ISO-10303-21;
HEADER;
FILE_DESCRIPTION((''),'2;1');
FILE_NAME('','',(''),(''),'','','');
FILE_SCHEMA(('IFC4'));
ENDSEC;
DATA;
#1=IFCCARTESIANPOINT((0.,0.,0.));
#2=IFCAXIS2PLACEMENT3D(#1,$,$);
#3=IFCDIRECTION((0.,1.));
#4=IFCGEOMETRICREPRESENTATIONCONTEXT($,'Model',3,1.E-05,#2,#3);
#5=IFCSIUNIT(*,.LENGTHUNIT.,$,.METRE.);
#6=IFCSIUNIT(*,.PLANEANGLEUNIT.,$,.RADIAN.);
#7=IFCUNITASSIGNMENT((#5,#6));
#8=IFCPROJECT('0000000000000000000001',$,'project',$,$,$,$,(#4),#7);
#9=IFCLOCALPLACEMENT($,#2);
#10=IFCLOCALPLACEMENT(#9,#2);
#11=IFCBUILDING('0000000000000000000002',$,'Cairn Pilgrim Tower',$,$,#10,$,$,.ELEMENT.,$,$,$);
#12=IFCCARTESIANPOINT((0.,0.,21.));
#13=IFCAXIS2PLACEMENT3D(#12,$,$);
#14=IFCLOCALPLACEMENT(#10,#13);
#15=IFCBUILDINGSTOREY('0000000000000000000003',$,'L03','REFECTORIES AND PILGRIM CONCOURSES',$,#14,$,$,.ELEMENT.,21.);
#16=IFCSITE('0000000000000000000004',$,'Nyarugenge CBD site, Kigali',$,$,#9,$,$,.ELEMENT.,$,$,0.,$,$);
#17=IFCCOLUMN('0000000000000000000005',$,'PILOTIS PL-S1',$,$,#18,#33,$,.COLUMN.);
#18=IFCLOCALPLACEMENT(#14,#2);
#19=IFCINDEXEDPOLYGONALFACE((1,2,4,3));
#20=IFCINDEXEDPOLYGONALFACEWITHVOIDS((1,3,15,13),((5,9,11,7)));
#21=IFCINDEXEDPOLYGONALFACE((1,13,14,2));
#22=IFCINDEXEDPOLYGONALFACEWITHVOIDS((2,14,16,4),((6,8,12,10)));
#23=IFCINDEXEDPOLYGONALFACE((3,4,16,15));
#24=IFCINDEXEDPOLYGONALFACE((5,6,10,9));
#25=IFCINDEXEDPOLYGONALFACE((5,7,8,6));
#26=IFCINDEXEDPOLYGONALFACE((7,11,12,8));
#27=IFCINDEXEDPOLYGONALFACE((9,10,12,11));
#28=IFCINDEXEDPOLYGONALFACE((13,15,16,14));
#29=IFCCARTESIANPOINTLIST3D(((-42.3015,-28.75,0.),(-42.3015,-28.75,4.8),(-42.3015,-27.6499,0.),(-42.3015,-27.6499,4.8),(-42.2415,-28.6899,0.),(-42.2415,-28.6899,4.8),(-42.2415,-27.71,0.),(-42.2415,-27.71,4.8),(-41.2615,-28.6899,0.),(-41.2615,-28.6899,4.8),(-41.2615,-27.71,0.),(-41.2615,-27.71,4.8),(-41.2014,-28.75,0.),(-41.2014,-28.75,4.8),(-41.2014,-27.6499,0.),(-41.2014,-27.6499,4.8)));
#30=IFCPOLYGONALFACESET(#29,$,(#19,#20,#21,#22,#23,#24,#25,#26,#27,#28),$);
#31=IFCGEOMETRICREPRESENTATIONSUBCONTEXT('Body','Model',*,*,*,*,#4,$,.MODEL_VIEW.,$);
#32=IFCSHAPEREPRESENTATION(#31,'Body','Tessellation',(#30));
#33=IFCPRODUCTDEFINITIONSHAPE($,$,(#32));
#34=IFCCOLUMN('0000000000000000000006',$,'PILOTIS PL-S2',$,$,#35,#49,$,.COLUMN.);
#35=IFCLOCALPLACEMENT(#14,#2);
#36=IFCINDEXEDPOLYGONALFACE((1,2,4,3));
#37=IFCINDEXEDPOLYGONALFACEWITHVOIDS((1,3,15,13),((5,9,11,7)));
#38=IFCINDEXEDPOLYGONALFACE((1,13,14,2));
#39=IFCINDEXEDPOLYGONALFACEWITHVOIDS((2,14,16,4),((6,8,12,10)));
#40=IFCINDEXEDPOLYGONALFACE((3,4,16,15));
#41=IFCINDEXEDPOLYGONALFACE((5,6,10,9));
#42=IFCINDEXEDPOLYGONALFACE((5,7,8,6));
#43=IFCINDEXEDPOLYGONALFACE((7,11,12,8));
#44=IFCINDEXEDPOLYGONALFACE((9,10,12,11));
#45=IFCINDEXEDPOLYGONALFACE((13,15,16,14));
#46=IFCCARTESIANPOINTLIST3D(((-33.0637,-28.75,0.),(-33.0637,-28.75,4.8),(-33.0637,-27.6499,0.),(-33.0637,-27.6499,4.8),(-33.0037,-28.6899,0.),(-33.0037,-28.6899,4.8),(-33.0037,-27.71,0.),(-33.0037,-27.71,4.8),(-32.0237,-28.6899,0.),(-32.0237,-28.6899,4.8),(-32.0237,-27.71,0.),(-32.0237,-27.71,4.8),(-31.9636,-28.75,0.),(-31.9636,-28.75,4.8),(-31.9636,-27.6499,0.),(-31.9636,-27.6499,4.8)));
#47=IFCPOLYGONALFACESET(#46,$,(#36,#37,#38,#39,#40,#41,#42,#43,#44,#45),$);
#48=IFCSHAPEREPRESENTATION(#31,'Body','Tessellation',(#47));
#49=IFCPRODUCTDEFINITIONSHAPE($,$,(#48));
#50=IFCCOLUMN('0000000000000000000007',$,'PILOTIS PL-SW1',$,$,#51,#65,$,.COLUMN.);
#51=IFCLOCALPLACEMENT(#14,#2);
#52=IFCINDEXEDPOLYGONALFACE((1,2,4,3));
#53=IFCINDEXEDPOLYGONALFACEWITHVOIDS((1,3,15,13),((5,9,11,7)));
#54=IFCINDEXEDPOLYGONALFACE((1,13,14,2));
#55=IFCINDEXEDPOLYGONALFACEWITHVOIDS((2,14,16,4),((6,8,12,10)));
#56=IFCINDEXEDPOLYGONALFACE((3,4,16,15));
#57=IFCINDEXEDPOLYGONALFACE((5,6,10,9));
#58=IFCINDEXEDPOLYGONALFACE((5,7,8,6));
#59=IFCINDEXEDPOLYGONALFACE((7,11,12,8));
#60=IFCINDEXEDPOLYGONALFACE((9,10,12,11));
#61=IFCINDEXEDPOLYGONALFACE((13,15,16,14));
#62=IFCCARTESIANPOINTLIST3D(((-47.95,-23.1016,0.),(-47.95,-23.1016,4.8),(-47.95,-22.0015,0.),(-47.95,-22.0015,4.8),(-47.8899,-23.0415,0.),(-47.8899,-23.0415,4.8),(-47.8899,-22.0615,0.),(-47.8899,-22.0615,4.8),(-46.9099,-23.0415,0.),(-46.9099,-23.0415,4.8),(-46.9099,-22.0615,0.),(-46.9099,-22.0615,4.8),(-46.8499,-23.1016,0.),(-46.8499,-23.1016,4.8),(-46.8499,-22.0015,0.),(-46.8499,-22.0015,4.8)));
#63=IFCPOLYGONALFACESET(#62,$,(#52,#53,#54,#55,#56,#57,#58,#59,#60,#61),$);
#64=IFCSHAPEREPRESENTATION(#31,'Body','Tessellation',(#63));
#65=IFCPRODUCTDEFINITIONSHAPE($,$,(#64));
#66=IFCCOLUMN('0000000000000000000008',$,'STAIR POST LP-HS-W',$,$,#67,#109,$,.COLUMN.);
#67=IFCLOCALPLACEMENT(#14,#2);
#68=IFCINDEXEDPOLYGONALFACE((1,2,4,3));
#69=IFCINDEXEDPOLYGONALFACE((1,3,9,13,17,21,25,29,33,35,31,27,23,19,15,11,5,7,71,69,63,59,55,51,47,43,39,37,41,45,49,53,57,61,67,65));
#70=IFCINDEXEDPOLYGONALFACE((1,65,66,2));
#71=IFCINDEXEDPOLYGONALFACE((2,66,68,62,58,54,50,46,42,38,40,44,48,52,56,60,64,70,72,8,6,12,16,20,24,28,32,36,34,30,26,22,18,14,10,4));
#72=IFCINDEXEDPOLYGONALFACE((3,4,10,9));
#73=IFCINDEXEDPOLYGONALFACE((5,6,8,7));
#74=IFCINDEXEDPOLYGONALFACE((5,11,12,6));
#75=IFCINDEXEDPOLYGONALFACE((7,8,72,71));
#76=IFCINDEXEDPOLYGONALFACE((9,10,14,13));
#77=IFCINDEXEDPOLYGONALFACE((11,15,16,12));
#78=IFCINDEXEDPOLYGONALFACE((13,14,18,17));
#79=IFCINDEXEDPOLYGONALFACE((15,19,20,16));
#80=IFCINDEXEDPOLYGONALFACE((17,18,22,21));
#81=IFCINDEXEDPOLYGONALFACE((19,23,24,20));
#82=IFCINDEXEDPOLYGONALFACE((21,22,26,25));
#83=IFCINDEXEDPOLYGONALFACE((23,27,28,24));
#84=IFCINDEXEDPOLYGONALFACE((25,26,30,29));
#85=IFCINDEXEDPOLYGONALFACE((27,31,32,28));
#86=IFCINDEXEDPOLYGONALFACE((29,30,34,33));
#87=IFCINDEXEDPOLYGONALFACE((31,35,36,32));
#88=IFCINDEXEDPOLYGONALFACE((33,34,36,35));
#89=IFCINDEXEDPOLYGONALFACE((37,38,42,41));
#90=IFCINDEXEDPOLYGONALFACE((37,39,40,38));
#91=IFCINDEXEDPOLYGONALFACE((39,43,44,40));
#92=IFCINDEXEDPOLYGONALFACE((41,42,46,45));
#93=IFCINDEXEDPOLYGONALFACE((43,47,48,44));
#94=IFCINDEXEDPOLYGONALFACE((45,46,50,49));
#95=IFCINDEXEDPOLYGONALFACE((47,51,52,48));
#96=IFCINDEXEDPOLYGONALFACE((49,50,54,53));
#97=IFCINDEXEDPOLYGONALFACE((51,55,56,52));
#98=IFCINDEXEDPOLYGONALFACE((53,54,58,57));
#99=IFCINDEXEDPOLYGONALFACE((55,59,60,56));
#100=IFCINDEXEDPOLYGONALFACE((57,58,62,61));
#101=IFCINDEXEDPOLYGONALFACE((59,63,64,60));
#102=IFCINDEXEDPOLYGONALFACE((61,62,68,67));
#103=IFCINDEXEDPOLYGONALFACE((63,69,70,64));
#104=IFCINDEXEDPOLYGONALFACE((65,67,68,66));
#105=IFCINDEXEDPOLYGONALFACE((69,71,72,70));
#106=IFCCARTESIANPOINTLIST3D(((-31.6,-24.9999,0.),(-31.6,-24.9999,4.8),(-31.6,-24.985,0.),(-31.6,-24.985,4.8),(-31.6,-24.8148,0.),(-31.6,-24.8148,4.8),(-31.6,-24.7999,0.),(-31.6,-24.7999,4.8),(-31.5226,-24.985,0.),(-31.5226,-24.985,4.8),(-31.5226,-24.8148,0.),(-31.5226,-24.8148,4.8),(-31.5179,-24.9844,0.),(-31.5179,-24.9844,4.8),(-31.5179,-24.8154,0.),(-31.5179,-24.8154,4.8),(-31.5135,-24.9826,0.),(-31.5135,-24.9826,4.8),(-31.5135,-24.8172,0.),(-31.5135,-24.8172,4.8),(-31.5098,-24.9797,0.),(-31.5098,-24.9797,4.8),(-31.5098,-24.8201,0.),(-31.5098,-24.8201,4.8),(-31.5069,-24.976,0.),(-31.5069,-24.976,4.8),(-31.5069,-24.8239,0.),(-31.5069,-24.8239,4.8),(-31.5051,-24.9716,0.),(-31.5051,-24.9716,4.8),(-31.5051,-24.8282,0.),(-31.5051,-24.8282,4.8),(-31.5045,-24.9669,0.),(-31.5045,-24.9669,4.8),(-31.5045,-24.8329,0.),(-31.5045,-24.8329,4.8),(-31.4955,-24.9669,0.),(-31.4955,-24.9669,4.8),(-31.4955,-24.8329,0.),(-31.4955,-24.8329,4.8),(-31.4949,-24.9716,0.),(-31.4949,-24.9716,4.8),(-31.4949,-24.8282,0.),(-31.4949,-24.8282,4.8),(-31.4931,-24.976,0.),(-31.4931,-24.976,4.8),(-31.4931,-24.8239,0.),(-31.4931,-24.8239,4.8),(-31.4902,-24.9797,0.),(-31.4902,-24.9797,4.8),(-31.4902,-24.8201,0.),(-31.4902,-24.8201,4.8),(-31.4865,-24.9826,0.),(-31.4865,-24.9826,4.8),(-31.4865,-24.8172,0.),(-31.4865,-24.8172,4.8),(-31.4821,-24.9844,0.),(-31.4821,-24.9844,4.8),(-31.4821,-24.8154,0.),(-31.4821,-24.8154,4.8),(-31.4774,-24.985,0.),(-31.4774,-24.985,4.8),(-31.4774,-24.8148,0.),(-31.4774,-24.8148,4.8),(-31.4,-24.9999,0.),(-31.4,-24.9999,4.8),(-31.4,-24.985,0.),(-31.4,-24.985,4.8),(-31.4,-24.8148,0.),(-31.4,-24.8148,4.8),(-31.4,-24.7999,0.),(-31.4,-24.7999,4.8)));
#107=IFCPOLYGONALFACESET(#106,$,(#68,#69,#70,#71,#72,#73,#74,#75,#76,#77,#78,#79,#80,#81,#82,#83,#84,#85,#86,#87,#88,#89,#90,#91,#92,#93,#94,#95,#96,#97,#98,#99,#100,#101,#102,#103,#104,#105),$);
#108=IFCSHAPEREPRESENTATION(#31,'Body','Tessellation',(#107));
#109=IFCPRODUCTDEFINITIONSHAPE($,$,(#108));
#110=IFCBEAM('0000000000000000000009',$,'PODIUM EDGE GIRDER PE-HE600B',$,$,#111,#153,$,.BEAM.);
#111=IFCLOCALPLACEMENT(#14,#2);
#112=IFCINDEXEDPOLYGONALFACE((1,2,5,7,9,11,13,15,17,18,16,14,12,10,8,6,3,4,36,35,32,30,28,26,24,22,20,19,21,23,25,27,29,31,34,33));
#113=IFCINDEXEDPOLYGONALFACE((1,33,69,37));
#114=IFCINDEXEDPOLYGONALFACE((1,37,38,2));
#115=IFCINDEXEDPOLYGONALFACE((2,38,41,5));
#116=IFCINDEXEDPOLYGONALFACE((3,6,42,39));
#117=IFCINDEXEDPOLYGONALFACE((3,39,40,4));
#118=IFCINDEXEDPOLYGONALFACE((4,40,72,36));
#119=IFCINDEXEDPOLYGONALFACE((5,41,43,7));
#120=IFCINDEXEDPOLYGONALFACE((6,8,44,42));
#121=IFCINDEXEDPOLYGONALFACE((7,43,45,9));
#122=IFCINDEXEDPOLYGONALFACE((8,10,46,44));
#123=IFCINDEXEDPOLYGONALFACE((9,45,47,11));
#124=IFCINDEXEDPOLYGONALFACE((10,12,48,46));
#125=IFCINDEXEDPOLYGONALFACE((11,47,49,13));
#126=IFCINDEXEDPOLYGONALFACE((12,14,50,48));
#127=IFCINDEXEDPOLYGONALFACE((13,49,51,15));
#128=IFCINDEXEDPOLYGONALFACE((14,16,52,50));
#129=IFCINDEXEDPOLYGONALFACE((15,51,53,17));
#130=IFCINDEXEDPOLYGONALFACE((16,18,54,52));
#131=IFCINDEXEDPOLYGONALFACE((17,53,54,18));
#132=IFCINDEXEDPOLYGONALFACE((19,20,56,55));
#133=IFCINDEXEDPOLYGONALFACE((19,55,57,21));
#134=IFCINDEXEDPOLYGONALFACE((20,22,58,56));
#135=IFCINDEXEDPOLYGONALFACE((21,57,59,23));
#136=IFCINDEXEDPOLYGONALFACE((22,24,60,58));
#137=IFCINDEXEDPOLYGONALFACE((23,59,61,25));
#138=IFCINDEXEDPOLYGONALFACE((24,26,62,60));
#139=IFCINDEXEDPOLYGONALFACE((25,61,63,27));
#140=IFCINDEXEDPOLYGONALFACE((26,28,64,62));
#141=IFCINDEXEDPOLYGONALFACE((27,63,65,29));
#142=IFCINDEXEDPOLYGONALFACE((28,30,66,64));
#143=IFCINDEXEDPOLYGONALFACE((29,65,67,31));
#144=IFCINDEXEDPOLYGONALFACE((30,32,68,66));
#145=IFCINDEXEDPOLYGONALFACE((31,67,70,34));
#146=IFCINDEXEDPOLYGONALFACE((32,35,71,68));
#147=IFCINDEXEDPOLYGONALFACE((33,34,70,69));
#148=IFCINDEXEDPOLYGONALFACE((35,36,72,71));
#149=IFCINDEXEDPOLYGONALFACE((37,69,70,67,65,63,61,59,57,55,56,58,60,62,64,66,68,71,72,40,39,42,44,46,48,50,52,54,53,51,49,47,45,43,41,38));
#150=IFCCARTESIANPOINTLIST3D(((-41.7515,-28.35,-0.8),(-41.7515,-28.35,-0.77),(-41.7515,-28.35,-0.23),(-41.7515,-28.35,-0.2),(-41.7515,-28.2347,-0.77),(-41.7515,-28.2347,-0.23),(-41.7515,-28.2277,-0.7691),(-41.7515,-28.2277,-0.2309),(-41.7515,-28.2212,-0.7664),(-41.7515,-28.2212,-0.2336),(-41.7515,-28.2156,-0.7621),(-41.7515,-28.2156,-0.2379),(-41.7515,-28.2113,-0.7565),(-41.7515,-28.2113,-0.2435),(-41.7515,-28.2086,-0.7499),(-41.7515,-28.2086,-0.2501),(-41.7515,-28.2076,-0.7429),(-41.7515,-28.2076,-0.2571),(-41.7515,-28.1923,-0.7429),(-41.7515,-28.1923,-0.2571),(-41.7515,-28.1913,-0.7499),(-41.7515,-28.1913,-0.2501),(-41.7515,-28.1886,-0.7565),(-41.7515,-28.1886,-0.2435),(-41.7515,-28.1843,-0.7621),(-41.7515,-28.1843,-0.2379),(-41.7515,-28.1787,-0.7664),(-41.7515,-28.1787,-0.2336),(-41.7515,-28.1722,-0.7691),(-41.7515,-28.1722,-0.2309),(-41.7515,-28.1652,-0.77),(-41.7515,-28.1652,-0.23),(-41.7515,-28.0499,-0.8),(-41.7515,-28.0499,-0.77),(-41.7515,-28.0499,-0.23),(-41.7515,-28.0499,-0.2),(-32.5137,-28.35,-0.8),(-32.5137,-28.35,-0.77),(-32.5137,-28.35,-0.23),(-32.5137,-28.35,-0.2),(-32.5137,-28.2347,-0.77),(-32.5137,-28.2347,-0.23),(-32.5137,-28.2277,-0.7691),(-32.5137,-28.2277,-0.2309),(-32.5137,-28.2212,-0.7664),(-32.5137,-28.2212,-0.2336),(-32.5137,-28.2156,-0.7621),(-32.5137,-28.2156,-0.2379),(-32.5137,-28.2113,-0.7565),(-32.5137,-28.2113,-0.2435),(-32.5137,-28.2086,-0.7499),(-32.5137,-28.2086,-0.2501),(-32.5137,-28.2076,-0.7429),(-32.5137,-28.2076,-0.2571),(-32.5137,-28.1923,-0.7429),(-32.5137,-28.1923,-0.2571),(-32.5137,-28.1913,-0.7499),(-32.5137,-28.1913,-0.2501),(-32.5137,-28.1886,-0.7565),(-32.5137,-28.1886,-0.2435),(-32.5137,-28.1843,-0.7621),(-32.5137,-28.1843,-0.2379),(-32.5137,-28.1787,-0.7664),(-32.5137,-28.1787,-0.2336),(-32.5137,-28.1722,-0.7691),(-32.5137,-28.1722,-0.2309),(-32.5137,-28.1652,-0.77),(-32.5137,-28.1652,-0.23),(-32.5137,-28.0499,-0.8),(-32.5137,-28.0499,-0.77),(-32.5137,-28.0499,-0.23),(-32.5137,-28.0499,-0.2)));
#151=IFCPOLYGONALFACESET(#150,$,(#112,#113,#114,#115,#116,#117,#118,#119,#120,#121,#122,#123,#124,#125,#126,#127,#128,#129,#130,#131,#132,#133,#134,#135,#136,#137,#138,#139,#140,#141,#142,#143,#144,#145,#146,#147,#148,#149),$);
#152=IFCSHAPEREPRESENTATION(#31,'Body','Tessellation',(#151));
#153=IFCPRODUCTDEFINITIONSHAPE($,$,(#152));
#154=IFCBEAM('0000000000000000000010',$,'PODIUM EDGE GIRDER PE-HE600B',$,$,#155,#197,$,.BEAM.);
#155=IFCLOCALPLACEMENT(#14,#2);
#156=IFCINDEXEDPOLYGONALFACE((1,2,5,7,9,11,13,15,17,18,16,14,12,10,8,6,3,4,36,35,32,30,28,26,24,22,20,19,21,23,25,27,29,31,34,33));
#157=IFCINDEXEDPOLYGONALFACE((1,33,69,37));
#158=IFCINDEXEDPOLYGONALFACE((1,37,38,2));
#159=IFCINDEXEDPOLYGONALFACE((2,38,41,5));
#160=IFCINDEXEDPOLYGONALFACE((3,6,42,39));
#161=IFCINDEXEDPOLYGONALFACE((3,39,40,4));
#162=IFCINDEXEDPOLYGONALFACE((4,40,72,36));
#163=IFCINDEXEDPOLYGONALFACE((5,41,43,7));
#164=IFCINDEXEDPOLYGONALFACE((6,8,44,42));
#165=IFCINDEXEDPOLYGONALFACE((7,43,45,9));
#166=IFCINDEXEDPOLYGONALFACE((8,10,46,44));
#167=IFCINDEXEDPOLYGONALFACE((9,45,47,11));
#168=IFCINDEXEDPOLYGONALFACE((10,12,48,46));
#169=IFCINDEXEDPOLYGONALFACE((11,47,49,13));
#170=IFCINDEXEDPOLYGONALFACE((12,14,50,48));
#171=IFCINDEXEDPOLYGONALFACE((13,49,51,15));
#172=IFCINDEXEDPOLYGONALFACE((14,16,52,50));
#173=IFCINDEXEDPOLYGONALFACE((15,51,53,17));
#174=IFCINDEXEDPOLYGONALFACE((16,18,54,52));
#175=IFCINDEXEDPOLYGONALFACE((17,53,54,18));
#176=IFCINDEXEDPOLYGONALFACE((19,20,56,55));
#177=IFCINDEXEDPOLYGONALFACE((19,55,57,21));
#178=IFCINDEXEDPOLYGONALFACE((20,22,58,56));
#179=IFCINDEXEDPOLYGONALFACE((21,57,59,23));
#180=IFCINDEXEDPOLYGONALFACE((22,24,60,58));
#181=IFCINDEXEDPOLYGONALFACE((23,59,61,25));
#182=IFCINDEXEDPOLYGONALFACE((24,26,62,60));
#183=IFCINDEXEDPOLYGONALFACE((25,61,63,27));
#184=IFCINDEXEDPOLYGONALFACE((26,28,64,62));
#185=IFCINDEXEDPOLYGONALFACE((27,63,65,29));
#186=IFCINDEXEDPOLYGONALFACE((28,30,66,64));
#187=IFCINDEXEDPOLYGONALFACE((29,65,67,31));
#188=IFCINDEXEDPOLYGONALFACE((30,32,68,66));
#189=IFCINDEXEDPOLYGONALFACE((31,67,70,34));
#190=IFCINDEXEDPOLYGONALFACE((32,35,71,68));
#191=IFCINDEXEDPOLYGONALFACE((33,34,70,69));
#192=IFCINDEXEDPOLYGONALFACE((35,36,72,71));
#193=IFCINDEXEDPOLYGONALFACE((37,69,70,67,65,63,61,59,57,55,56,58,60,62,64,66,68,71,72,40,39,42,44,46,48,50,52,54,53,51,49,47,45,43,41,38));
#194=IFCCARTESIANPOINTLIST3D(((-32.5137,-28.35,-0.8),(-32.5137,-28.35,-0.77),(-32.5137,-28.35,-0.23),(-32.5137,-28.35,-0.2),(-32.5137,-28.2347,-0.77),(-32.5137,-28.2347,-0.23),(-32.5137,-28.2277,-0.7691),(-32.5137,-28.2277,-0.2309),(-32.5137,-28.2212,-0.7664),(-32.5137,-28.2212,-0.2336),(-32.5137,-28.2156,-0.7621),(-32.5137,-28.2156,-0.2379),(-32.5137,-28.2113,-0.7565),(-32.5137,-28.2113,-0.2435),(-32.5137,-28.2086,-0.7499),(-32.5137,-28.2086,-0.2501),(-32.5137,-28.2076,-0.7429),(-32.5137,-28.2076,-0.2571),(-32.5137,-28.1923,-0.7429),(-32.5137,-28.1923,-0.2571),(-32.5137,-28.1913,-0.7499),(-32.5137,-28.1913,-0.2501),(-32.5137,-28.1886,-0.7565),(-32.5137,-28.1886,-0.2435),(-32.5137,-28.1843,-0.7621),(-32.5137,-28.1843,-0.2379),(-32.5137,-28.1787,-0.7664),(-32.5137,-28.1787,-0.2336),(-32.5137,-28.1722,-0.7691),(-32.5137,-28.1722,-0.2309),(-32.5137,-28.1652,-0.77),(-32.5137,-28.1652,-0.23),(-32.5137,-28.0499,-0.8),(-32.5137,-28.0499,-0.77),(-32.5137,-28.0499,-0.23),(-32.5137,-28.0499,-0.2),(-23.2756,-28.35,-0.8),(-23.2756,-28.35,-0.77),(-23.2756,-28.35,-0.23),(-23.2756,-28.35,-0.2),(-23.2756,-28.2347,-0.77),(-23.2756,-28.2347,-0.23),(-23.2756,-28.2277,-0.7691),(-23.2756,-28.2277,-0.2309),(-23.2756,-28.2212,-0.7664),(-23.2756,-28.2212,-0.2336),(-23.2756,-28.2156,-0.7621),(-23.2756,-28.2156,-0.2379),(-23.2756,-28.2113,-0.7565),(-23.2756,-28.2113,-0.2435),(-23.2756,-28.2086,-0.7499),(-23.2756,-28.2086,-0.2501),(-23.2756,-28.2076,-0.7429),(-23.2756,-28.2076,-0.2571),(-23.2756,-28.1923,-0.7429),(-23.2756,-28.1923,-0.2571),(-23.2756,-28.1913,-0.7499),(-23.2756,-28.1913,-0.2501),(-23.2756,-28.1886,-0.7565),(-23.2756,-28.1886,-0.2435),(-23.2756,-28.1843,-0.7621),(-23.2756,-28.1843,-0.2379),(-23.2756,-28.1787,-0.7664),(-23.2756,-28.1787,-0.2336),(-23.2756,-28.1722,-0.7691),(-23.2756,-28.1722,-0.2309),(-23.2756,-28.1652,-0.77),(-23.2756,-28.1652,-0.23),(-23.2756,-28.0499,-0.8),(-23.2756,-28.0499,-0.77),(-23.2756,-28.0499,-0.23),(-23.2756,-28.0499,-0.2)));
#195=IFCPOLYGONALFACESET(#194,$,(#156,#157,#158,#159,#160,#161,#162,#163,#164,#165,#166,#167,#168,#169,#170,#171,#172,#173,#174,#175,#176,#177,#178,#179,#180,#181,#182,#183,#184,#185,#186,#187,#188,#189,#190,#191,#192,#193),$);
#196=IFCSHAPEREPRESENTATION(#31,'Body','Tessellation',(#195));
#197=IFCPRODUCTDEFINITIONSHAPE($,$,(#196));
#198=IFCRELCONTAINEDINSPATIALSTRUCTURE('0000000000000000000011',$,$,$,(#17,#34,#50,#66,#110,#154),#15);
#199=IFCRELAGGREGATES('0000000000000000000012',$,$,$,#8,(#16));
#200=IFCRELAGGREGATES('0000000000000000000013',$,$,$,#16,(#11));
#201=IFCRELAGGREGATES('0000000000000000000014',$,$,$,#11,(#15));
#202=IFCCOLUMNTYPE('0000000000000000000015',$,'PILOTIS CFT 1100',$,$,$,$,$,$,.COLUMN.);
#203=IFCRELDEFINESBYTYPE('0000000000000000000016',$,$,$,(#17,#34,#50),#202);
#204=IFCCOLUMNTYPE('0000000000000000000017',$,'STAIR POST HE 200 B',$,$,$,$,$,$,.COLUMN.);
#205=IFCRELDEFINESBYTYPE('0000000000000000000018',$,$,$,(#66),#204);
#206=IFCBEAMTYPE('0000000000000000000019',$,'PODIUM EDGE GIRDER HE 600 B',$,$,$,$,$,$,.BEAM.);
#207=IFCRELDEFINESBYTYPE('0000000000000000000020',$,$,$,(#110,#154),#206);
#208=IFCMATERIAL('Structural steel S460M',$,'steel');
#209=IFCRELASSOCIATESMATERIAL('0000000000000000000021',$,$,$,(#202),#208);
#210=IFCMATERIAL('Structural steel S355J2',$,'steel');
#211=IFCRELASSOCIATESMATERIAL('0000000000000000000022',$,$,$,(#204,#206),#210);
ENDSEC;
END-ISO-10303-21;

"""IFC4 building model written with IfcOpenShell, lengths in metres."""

from ifc_helpers import new_model, si_unit, direction, frame, origin, origin_2d, place, context, subcontext, project, spatial, hollow_rectangle, i_section, extrude, material, material_profile, profile_set, type_object, element, save


model = new_model("IFC4")

# Units and contexts
model_context = context("Model", 3, precision=1e-05, world=origin(), true_north=direction((0.0, 1.0)))
body_context = subcontext(model_context, "Body", "Model", "MODEL_VIEW")
ifc_project = project(units=[si_unit("LENGTHUNIT", "METRE"), si_unit("PLANEANGLEUNIT", "RADIAN")], contexts=[model_context])

# Site, building, storey
site_placement = place(None, origin())
site = spatial("IfcSite", under=ifc_project, at=site_placement, Name="Nyarugenge CBD site, Kigali", CompositionType="ELEMENT", RefElevation=0.0)
building_placement = place(site_placement, origin())
building = spatial("IfcBuilding", under=site, at=building_placement, Name="Cairn Pilgrim Tower", CompositionType="ELEMENT")
storey_placement = place(building_placement, frame((0.0, 0.0, 21.0)))
storey = spatial("IfcBuildingStorey", under=building, at=storey_placement, Name="L03", Description="REFECTORIES AND PILGRIM CONCOURSES", CompositionType="ELEMENT", Elevation=21.0)

# Columns
ifc_material_1 = material(Name="Structural steel S460M", Category="steel")
ifc_material_profile_1 = material_profile(ifc_material_1, hollow_rectangle(XDim=1.1001, YDim=1.1001, WallThickness=0.0601, at=origin_2d()), Name="BOX 1100x1100x60")
ifc_profile_set_1 = profile_set([ifc_material_profile_1], Name="Structural steel S460M")
column_type_1 = type_object("IfcColumnType", Name="PILOTIS CFT 1100", PredefinedType="COLUMN", material=ifc_profile_set_1)
for number, where, z_axis, x_axis, name in (
    (1, (-41.7515, -28.2, 0.0), (0.0, 0.0, 1.0), (1.0, 0.0, 0.0), "PILOTIS PL-S1"),
    (2, (-32.5137, -28.2, 0.0), (0.0, 0.0, 1.0), (1.0, 0.0, 0.0), "PILOTIS PL-S2"),
    (3, (-47.3999, -22.5515, 0.0), (0.0, 0.0, 1.0), (1.0, 0.0, 0.0), "PILOTIS PL-SW1"),
):
    element("IfcColumn", number, at=place(storey_placement, frame(where, z_axis=z_axis, x_axis=x_axis)), inside=storey, type_object=column_type_1, Name=name, PredefinedType="COLUMN", context=body_context, shape_type="SweptSolid", body=[
        extrude(hollow_rectangle(XDim=1.1001, YDim=1.1001, WallThickness=0.0601, at=origin_2d()), origin(), (0.0, 0.0, 1.0), 4.8),
    ])
ifc_material_2 = material(Name="Structural steel S355J2", Category="steel")
ifc_material_profile_2 = material_profile(ifc_material_2, i_section(OverallWidth=0.2, OverallDepth=0.2, WebThickness=0.009, FlangeThickness=0.0149, FilletRadius=0.0181, at=origin_2d()), Name="HE 200 B")
ifc_profile_set_2 = profile_set([ifc_material_profile_2], Name="Structural steel S355J2")
column_type_2 = type_object("IfcColumnType", Name="STAIR POST HE 200 B", PredefinedType="COLUMN", material=ifc_profile_set_2)
column_placement = place(storey_placement, frame((-31.5, -24.8999, 0.0), z_axis=(0.0, 0.0, 1.0), x_axis=(1.0, 0.0, 0.0)))
element("IfcColumn", 4, at=column_placement, inside=storey, type_object=column_type_2, Name="STAIR POST LP-HS-W", PredefinedType="COLUMN", context=body_context, shape_type="SweptSolid", body=[
    extrude(i_section(OverallWidth=0.2, OverallDepth=0.2, WebThickness=0.009, FlangeThickness=0.0149, FilletRadius=0.0181, at=origin_2d()), origin(), (0.0, 0.0, 1.0), 4.8),
])

# Beams
ifc_material_profile_3 = material_profile(ifc_material_2, i_section(OverallWidth=0.3, OverallDepth=0.6001, WebThickness=0.0154, FlangeThickness=0.03, FilletRadius=0.0271, at=origin_2d()), Name="HEB 600")
ifc_profile_set_3 = profile_set([ifc_material_profile_3], Name="Structural steel S355J2")
beam_type_1 = type_object("IfcBeamType", Name="PODIUM EDGE GIRDER HE 600 B", PredefinedType="BEAM", material=ifc_profile_set_3)
beam_1_placement = place(storey_placement, frame((-41.7515, -28.2, -0.5), z_axis=(1.0, 0.0, 0.0), x_axis=(0.0, 1.0, 0.0)))
element("IfcBeam", 5, at=beam_1_placement, inside=storey, type_object=beam_type_1, Name="PODIUM EDGE GIRDER PE-HE600B", PredefinedType="BEAM", context=body_context, shape_type="SweptSolid", body=[
    extrude(i_section(OverallWidth=0.3, OverallDepth=0.6001, WebThickness=0.0154, FlangeThickness=0.03, FilletRadius=0.0271, at=origin_2d()), origin(), (0.0, 0.0, 1.0), 9.2378),
])
beam_2_placement = place(storey_placement, frame((-32.5137, -28.2, -0.5), z_axis=(1.0, 0.0, 0.0), x_axis=(0.0, 1.0, 0.0)))
element("IfcBeam", 6, at=beam_2_placement, inside=storey, type_object=beam_type_1, Name="PODIUM EDGE GIRDER PE-HE600B", PredefinedType="BEAM", context=body_context, shape_type="SweptSolid", body=[
    extrude(i_section(OverallWidth=0.3, OverallDepth=0.6001, WebThickness=0.0154, FlangeThickness=0.03, FilletRadius=0.0271, at=origin_2d()), origin(), (0.0, 0.0, 1.0), 9.238),
])

save(model, "model.ifc")
